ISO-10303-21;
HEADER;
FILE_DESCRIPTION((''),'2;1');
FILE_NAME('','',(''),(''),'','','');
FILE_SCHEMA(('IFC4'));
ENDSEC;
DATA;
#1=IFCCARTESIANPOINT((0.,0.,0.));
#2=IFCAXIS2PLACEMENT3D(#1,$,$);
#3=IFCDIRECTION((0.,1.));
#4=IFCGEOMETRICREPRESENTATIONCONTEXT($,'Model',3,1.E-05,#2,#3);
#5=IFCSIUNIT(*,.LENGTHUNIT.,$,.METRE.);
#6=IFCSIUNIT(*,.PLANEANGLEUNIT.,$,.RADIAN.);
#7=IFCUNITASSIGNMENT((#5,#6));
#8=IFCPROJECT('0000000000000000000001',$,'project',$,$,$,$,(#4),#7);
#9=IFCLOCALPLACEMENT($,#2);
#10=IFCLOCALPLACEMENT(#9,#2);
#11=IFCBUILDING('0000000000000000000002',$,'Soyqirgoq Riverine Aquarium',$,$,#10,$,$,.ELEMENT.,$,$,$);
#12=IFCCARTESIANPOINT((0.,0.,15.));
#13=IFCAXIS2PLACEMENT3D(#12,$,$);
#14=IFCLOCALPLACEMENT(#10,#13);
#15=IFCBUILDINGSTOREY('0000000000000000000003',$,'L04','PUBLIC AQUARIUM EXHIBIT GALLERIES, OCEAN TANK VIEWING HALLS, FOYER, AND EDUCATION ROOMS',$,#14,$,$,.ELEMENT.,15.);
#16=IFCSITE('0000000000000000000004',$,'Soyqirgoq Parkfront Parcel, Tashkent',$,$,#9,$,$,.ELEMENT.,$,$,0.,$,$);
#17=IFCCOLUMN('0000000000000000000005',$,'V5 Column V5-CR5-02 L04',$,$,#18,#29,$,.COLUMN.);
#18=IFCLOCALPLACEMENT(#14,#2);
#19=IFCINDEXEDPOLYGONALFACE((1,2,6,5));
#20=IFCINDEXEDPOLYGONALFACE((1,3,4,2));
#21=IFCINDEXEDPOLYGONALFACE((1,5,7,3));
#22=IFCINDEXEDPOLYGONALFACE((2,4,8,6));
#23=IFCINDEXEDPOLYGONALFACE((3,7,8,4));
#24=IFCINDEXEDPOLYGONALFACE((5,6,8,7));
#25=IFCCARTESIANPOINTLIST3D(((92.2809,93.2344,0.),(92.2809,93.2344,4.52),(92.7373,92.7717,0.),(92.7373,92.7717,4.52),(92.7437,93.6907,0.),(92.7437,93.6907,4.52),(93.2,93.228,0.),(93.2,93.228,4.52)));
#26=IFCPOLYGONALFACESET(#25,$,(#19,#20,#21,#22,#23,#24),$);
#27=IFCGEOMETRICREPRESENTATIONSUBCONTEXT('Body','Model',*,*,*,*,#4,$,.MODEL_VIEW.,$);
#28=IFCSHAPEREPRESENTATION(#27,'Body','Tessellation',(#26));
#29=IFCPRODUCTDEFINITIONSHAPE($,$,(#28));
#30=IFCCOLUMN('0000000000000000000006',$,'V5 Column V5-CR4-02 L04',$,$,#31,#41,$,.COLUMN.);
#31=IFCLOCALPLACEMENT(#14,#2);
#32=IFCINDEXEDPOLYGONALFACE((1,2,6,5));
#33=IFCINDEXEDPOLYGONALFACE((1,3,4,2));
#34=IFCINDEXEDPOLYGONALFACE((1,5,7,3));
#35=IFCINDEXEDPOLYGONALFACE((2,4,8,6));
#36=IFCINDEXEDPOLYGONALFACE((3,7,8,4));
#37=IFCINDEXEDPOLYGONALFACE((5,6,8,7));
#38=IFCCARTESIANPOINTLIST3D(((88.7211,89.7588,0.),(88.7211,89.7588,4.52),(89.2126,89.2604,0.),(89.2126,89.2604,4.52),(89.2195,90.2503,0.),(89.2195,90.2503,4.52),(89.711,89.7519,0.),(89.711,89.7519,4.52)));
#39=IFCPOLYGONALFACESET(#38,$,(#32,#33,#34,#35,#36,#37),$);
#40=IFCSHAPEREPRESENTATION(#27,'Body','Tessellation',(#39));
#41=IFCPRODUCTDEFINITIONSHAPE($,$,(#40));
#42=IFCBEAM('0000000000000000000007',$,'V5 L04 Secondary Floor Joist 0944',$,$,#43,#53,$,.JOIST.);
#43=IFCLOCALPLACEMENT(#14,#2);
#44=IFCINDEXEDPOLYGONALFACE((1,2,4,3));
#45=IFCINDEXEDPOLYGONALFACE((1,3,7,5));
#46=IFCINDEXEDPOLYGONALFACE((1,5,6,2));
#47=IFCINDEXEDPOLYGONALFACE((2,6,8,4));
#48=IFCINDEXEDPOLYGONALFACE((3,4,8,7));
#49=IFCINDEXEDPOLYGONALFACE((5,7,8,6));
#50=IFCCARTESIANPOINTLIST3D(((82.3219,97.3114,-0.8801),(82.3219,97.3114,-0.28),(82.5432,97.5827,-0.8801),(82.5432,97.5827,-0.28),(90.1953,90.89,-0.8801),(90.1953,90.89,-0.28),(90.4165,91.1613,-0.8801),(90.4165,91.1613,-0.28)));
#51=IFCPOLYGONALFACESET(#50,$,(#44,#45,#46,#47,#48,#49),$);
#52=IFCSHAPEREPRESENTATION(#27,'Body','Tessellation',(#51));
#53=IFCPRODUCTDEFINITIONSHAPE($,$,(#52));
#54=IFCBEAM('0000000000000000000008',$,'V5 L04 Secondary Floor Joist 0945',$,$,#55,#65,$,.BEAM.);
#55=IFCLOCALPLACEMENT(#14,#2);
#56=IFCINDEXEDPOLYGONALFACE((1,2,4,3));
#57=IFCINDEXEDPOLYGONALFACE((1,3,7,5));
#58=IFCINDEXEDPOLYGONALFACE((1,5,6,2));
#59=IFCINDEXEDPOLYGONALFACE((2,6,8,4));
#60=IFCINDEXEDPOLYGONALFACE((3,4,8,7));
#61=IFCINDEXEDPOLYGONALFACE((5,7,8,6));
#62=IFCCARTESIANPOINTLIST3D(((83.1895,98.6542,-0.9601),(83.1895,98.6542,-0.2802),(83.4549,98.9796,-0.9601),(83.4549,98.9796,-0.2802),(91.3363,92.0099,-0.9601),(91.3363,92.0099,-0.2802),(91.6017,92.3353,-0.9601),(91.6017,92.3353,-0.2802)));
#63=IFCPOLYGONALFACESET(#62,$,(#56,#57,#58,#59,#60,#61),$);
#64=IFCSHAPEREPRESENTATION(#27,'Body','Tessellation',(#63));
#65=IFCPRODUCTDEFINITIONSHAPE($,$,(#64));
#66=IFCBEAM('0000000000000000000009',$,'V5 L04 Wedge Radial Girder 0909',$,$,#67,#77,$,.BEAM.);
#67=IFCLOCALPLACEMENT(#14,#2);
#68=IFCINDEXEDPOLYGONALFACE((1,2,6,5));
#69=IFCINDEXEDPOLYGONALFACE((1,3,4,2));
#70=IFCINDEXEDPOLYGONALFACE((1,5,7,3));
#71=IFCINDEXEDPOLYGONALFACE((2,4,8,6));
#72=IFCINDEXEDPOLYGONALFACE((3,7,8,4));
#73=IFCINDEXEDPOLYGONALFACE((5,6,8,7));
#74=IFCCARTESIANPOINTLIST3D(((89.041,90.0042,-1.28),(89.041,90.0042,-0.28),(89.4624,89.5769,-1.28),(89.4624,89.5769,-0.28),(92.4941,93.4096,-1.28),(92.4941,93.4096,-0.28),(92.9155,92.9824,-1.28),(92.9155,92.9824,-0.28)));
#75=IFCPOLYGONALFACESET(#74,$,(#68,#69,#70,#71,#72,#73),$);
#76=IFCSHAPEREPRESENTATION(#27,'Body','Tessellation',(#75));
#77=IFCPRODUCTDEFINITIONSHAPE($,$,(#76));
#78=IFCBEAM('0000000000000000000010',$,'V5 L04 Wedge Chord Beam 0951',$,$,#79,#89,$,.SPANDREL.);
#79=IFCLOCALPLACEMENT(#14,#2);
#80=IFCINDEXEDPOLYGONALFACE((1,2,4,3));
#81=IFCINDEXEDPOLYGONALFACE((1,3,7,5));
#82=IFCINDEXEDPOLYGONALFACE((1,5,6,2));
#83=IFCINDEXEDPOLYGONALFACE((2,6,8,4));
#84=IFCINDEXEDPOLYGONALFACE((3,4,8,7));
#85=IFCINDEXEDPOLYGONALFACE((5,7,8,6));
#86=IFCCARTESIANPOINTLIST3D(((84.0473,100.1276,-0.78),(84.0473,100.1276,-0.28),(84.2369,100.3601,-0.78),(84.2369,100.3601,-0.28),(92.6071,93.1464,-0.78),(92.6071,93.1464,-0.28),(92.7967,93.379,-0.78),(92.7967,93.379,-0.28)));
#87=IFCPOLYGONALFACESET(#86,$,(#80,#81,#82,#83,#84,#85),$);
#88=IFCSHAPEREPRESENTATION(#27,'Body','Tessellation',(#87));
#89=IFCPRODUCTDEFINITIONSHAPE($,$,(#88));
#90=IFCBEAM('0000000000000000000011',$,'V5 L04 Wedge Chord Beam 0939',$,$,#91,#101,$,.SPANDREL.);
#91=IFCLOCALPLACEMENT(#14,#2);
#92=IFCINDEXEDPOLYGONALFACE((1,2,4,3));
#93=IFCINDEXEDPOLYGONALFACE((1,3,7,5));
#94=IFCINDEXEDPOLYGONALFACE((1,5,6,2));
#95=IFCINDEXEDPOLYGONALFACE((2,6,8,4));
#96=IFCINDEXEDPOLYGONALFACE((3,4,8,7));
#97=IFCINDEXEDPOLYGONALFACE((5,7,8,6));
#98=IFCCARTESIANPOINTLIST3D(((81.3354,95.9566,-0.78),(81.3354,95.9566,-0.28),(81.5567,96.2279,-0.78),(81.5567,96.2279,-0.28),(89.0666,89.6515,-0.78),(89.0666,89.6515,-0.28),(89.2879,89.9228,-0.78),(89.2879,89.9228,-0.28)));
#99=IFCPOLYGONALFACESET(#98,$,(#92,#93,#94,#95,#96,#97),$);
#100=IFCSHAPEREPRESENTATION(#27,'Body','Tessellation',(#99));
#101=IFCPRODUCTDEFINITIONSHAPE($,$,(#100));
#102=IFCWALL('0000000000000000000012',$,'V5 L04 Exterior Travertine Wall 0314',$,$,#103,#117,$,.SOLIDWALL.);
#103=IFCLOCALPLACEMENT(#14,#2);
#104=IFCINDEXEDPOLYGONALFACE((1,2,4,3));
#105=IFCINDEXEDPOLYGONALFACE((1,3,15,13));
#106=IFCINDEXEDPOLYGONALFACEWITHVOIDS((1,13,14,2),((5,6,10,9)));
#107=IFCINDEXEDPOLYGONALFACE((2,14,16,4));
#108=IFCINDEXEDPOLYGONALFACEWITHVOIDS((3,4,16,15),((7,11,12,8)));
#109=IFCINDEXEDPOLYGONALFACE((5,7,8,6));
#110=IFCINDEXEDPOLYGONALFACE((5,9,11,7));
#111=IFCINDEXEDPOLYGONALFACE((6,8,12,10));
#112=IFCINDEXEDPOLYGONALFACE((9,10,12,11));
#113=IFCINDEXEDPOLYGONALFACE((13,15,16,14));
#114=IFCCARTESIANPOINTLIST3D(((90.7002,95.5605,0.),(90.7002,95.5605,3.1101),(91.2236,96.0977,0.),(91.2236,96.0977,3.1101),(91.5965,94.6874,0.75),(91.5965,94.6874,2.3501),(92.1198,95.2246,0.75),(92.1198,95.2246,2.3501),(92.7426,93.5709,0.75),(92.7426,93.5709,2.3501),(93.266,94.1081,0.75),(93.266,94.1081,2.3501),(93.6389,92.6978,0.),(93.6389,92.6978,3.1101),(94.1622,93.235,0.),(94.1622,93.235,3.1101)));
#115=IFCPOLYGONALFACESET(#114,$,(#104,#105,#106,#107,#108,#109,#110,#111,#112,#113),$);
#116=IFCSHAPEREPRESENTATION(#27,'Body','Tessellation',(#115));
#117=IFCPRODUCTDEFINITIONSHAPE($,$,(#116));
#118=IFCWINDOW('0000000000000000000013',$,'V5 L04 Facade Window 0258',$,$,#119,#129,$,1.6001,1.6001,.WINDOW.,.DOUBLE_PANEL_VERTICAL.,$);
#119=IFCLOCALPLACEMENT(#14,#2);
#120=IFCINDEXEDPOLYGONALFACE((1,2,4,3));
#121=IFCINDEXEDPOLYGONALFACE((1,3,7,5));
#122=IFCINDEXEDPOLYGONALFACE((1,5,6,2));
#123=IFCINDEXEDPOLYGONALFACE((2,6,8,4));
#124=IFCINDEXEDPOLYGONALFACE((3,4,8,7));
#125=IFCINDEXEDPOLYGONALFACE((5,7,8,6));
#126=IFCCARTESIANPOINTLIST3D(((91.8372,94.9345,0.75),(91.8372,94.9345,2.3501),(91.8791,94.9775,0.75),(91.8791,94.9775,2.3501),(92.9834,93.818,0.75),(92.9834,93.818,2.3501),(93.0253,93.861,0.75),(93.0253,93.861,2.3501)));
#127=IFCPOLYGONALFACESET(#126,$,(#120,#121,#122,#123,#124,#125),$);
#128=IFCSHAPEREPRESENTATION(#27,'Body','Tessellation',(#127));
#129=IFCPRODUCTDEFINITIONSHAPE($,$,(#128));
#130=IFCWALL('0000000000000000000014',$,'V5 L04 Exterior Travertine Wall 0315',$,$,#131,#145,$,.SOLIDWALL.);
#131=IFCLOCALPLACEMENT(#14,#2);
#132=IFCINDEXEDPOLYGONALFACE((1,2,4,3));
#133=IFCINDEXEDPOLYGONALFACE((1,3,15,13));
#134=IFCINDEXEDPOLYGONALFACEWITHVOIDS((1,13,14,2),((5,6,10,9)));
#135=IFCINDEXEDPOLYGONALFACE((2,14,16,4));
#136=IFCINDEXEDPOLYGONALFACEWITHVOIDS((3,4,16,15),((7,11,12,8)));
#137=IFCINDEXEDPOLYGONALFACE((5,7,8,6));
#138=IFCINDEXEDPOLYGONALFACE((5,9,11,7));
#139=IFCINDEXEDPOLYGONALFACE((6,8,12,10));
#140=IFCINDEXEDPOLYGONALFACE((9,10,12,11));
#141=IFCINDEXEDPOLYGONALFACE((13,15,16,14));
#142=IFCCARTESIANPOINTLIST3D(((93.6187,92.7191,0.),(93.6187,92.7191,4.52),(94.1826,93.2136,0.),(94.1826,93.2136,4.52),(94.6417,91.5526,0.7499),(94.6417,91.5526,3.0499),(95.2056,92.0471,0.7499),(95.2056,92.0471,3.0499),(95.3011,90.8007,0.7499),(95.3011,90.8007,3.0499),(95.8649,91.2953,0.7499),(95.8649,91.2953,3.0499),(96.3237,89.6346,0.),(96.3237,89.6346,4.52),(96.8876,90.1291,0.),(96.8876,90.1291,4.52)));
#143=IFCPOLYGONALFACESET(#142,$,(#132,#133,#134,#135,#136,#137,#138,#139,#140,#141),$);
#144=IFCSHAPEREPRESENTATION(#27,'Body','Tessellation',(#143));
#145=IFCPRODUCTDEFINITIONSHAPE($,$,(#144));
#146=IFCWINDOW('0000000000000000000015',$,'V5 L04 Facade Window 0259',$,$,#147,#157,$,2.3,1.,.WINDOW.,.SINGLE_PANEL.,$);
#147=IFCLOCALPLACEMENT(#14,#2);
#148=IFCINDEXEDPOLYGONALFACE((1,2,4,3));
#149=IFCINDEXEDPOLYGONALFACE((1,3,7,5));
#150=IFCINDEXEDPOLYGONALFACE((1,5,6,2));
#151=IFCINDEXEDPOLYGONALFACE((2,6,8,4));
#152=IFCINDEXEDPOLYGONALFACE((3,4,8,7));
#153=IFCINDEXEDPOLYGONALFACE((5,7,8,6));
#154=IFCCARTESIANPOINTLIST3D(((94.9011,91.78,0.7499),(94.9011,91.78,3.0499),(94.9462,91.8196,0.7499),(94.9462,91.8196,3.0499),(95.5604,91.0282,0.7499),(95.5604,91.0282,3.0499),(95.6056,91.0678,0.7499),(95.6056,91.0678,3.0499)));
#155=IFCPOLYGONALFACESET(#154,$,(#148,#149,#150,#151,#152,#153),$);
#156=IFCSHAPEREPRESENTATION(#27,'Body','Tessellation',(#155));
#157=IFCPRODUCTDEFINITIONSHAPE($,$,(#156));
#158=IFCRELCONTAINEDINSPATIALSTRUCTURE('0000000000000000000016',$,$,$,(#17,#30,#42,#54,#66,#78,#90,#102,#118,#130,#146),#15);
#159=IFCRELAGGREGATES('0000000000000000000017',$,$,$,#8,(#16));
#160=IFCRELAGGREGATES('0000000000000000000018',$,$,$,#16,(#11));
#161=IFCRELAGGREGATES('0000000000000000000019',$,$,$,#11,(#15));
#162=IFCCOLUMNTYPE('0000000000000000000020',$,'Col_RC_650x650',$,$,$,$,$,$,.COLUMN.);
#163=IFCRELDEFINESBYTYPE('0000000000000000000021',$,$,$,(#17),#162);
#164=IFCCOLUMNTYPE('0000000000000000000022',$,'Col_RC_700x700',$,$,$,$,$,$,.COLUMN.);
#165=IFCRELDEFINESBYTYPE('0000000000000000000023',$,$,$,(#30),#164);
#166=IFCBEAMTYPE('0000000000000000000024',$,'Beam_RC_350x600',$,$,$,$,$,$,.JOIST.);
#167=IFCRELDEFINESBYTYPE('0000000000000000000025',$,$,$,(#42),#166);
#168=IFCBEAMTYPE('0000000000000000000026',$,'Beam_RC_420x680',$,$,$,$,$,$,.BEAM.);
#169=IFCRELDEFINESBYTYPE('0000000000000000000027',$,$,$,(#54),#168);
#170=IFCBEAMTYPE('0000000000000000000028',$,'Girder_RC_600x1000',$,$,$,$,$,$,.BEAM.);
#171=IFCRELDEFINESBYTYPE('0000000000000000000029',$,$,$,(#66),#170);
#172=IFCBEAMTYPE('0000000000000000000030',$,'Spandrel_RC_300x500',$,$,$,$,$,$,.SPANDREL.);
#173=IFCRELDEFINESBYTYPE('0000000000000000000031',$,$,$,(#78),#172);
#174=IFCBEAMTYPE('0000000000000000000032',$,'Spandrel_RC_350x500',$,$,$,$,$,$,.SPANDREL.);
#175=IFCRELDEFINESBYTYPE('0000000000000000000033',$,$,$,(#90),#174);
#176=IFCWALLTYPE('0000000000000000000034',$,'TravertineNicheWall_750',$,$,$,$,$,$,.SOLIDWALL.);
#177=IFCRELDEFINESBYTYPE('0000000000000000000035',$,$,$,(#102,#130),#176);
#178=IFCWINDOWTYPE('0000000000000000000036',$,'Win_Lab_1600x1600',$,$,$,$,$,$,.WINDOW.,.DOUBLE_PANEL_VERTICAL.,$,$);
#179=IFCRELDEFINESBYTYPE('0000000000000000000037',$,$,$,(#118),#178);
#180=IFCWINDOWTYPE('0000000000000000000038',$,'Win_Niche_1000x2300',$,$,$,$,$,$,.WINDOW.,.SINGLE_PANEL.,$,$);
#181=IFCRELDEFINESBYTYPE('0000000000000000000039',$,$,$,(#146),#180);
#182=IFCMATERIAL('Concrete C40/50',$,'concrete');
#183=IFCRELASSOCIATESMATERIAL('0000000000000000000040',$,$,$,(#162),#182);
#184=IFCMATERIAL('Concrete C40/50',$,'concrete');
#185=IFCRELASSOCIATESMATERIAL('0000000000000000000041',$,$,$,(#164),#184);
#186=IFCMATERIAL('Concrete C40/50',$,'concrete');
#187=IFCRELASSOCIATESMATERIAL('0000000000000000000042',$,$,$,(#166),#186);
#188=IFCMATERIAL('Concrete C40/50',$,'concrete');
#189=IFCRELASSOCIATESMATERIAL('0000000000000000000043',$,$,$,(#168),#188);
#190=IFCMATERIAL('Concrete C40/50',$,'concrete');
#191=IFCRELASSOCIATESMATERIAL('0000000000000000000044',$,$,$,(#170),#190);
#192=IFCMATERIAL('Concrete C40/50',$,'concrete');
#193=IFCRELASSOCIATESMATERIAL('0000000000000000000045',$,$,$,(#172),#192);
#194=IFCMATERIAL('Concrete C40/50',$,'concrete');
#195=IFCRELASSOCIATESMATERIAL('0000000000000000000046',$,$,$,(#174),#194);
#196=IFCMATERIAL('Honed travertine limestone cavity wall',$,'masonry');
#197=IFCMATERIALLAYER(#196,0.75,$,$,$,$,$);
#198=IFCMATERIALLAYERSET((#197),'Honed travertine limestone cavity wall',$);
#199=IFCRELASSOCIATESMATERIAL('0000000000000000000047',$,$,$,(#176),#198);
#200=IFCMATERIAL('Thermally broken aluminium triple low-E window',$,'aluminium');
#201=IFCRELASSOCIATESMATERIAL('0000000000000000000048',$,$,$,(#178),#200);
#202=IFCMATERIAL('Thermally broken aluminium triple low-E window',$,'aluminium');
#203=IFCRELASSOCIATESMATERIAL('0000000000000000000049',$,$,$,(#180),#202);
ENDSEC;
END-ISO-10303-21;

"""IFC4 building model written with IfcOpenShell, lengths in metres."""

from ifc_helpers import new_model, si_unit, direction, frame, frame_2d, origin, origin_2d, place, context, subcontext, project, spatial, rectangle, extrude, material, layer, layer_set, material_profile, profile_set, type_object, element, fill, save


model = new_model("IFC4")

# Units and contexts
model_context = context("Model", 3, precision=1e-05, world=origin(), true_north=direction((0.0, 1.0)))
body_context = subcontext(model_context, "Body", "Model", "MODEL_VIEW")
ifc_project = project(units=[si_unit("LENGTHUNIT", "METRE"), si_unit("PLANEANGLEUNIT", "RADIAN")], contexts=[model_context])

# Site, building, storey
site_placement = place(None, origin())
site = spatial("IfcSite", under=ifc_project, at=site_placement, Name="Soyqirgoq Parkfront Parcel, Tashkent", CompositionType="ELEMENT", RefElevation=0.0)
building_placement = place(site_placement, origin())
building = spatial("IfcBuilding", under=site, at=building_placement, Name="Soyqirgoq Riverine Aquarium", CompositionType="ELEMENT")
storey_placement = place(building_placement, frame((0.0, 0.0, 15.0)))
storey = spatial("IfcBuildingStorey", under=building, at=storey_placement, Name="L04", Description="PUBLIC AQUARIUM EXHIBIT GALLERIES, OCEAN TANK VIEWING HALLS, FOYER, AND EDUCATION ROOMS", CompositionType="ELEMENT", Elevation=15.0)

# Columns
ifc_material_1 = material(Name="Concrete C40/50", Category="concrete")
ifc_material_profile_1 = material_profile(ifc_material_1, rectangle(XDim=0.6499, YDim=0.6499, at=origin_2d()), Name="RC 650x650")
ifc_profile_set_1 = profile_set([ifc_material_profile_1], Name="Concrete C40/50")
column_type_1 = type_object("IfcColumnType", Name="Col_RC_650x650", PredefinedType="COLUMN", material=ifc_profile_set_1)
column_1_placement = place(storey_placement, frame((92.7405, 93.2312, 0.0), z_axis=(0.0, 0.0, 1.0), x_axis=(0.712026, 0.702153, 0.0)))
element("IfcColumn", 1, at=column_1_placement, inside=storey, type_object=column_type_1, Name="V5 Column V5-CR5-02 L04", PredefinedType="COLUMN", context=body_context, shape_type="SweptSolid", body=[
    extrude(rectangle(XDim=0.6499, YDim=0.6499, at=origin_2d()), origin(), (0.0, 0.0, 1.0), 4.52),
])
ifc_material_2 = material(Name="Concrete C40/50", Category="concrete")
ifc_material_profile_2 = material_profile(ifc_material_2, rectangle(XDim=0.7, YDim=0.7, at=origin_2d()), Name="RC 700x700")
ifc_profile_set_2 = profile_set([ifc_material_profile_2], Name="Concrete C40/50")
column_type_2 = type_object("IfcColumnType", Name="Col_RC_700x700", PredefinedType="COLUMN", material=ifc_profile_set_2)
column_2_placement = place(storey_placement, frame((89.2161, 89.7554, 0.0), z_axis=(0.0, 0.0, 1.0), x_axis=(0.712026, 0.702153, 0.0)))
element("IfcColumn", 2, at=column_2_placement, inside=storey, type_object=column_type_2, Name="V5 Column V5-CR4-02 L04", PredefinedType="COLUMN", context=body_context, shape_type="SweptSolid", body=[
    extrude(rectangle(XDim=0.7, YDim=0.7, at=origin_2d()), origin(), (0.0, 0.0, 1.0), 4.52),
])

# Beams
ifc_material_3 = material(Name="Concrete C40/50", Category="concrete")
ifc_material_profile_3 = material_profile(ifc_material_3, rectangle(XDim=0.3501, YDim=0.6001, at=origin_2d()), Name="RC 350x600")
ifc_profile_set_3 = profile_set([ifc_material_profile_3], Name="Concrete C40/50")
beam_type_1 = type_object("IfcBeamType", Name="Beam_RC_350x600", PredefinedType="JOIST", material=ifc_profile_set_3)
beam_1_placement = place(storey_placement, frame((90.3059, 91.0256, -0.5801), z_axis=(-0.77494, 0.632034, 0.0), x_axis=(-0.632034, -0.77494, 0.0)))
element("IfcBeam", 3, at=beam_1_placement, inside=storey, type_object=beam_type_1, Name="V5 L04 Secondary Floor Joist 0944", PredefinedType="JOIST", context=body_context, shape_type="SweptSolid", body=[
    extrude(rectangle(XDim=0.3501, YDim=0.6001, at=origin_2d()), origin(), (0.0, 0.0, 1.0), 10.1599),
])
ifc_material_4 = material(Name="Concrete C40/50", Category="concrete")
ifc_material_profile_4 = material_profile(ifc_material_4, rectangle(XDim=0.4199, YDim=0.6799, at=origin_2d()), Name="RC 420x680")
ifc_profile_set_4 = profile_set([ifc_material_profile_4], Name="Concrete C40/50")
beam_type_2 = type_object("IfcBeamType", Name="Beam_RC_420x680", PredefinedType="BEAM", material=ifc_profile_set_4)
beam_2_placement = place(storey_placement, frame((91.469, 92.1726, -0.6201), z_axis=(-0.774946, 0.632028, 0.0), x_axis=(-0.632028, -0.774946, 0.0)))
element("IfcBeam", 4, at=beam_2_placement, inside=storey, type_object=beam_type_2, Name="V5 L04 Secondary Floor Joist 0945", PredefinedType="BEAM", context=body_context, shape_type="SweptSolid", body=[
    extrude(rectangle(XDim=0.4199, YDim=0.6799, at=origin_2d()), origin(), (0.0, 0.0, 1.0), 10.5127),
])
ifc_material_5 = material(Name="Concrete C40/50", Category="concrete")
ifc_material_profile_5 = material_profile(ifc_material_5, rectangle(XDim=0.6001, YDim=1.0, at=origin_2d()), Name="RC 600x1000")
ifc_profile_set_5 = profile_set([ifc_material_profile_5], Name="Concrete C40/50")
beam_type_3 = type_object("IfcBeamType", Name="Girder_RC_600x1000", PredefinedType="BEAM", material=ifc_profile_set_5)
beam_3_placement = place(storey_placement, frame((89.2517, 89.7905, -0.78), z_axis=(0.711998, 0.702182, 0.0), x_axis=(-0.702182, 0.711998, 0.0)))
element("IfcBeam", 5, at=beam_3_placement, inside=storey, type_object=beam_type_3, Name="V5 L04 Wedge Radial Girder 0909", PredefinedType="BEAM", context=body_context, shape_type="SweptSolid", body=[
    extrude(rectangle(XDim=0.6001, YDim=1.0, at=origin_2d()), origin(), (0.0, 0.0, 1.0), 4.8499),
])
ifc_material_6 = material(Name="Concrete C40/50", Category="concrete")
ifc_material_profile_6 = material_profile(ifc_material_6, rectangle(XDim=0.3, YDim=0.5, at=origin_2d()), Name="RC 300x500")
ifc_profile_set_6 = profile_set([ifc_material_profile_6], Name="Concrete C40/50")
beam_type_4 = type_object("IfcBeamType", Name="Spandrel_RC_300x500", PredefinedType="SPANDREL", material=ifc_profile_set_6)
beam_4_placement = place(storey_placement, frame((92.7019, 93.2627, -0.53), z_axis=(-0.774945, 0.632029, 0.0), x_axis=(-0.632029, -0.774945, 0.0)))
element("IfcBeam", 6, at=beam_4_placement, inside=storey, type_object=beam_type_4, Name="V5 L04 Wedge Chord Beam 0951", PredefinedType="SPANDREL", context=body_context, shape_type="SweptSolid", body=[
    extrude(rectangle(XDim=0.3, YDim=0.5, at=origin_2d()), origin(), (0.0, 0.0, 1.0), 11.0457),
])
ifc_material_7 = material(Name="Concrete C40/50", Category="concrete")
ifc_material_profile_7 = material_profile(ifc_material_7, rectangle(XDim=0.3501, YDim=0.5, at=origin_2d()), Name="RC 350x500")
ifc_profile_set_7 = profile_set([ifc_material_profile_7], Name="Concrete C40/50")
beam_type_5 = type_object("IfcBeamType", Name="Spandrel_RC_350x500", PredefinedType="SPANDREL", material=ifc_profile_set_7)
beam_5_placement = place(storey_placement, frame((89.1772, 89.7871, -0.53), z_axis=(-0.774956, 0.632015, 0.0), x_axis=(-0.632015, -0.774956, 0.0)))
element("IfcBeam", 7, at=beam_5_placement, inside=storey, type_object=beam_type_5, Name="V5 L04 Wedge Chord Beam 0939", PredefinedType="SPANDREL", context=body_context, shape_type="SweptSolid", body=[
    extrude(rectangle(XDim=0.3501, YDim=0.5, at=origin_2d()), origin(), (0.0, 0.0, 1.0), 9.9763),
])

# Walls, openings, windows
ifc_material_8 = material(Name="Honed travertine limestone cavity wall", Category="masonry")
ifc_layer = layer(ifc_material_8, 0.75)
ifc_layer_set = layer_set([ifc_layer], Name="Honed travertine limestone cavity wall")
wall_type = type_object("IfcWallType", Name="TravertineNicheWall_750", PredefinedType="SOLIDWALL", material=ifc_layer_set)
wall_1_placement = place(storey_placement, frame((90.9619, 95.8291, 0.0), z_axis=(0.0, 0.0, 1.0), x_axis=(0.7163, -0.697793, 0.0)))
wall_1 = element("IfcWall", 8, at=wall_1_placement, inside=storey, type_object=wall_type, Name="V5 L04 Exterior Travertine Wall 0314", PredefinedType="SOLIDWALL", context=body_context, shape_type="SweptSolid", body=[
    extrude(rectangle(XDim=4.1025, YDim=0.75, at=frame_2d((2.0513, 0.0))), origin(), (0.0, 0.0, 1.0), 3.1101),
])
opening_1_placement = place(wall_1_placement, frame((1.2512, 0.0, 0.75)))
opening_1 = element("IfcOpeningElement", 9, at=opening_1_placement, cuts=wall_1, PredefinedType="OPENING", context=body_context, shape_type="SweptSolid", body=[
    extrude(rectangle(XDim=1.6001, YDim=1.6001, at=frame_2d((0.8, 0.8))), frame((0.0, 0.385, 0.0), z_axis=(0.0, -1.0, 0.0), x_axis=(1.0, 0.0, 0.0)), (0.0, 0.0, 1.0), 0.77),
])
ifc_material_9 = material(Name="Thermally broken aluminium triple low-E window", Category="aluminium")
window_type_1 = type_object("IfcWindowType", Name="Win_Lab_1600x1600", PartitioningType="DOUBLE_PANEL_VERTICAL", PredefinedType="WINDOW", material=ifc_material_9)
window_1_placement = place(opening_1_placement, origin())
window_1 = element("IfcWindow", 10, at=window_1_placement, inside=storey, type_object=window_type_1, Name="V5 L04 Facade Window 0258", OverallHeight=1.6001, OverallWidth=1.6001, PartitioningType="DOUBLE_PANEL_VERTICAL", PredefinedType="WINDOW", context=body_context, shape_type="SweptSolid", body=[
    extrude(rectangle(XDim=1.6001, YDim=1.6001, at=frame_2d((0.8, 0.8))), frame((0.0, 0.03, 0.0), z_axis=(0.0, -1.0, 0.0), x_axis=(1.0, 0.0, 0.0)), (0.0, 0.0, 1.0), 0.0601),
])
fill(opening_1, window_1)
wall_2_placement = place(storey_placement, frame((93.9006, 92.9663, 0.0), z_axis=(0.0, 0.0, 1.0), x_axis=(0.659355, -0.751832, 0.0)))
wall_2 = element("IfcWall", 11, at=wall_2_placement, inside=storey, type_object=wall_type, Name="V5 L04 Exterior Travertine Wall 0315", PredefinedType="SOLIDWALL", context=body_context, shape_type="SweptSolid", body=[
    extrude(rectangle(XDim=4.1025, YDim=0.75, at=frame_2d((2.0513, 0.0))), origin(), (0.0, 0.0, 1.0), 4.52),
])
opening_2_placement = place(wall_2_placement, frame((1.5515, 0.0, 0.75)))
opening_2 = element("IfcOpeningElement", 12, at=opening_2_placement, cuts=wall_2, PredefinedType="OPENING", context=body_context, shape_type="SweptSolid", body=[
    extrude(rectangle(XDim=1.0, YDim=2.3, at=frame_2d((0.5, 1.1499))), frame((0.0, 0.385, 0.0), z_axis=(0.0, -1.0, 0.0), x_axis=(1.0, 0.0, 0.0)), (0.0, 0.0, 1.0), 0.77),
])
ifc_material_10 = material(Name="Thermally broken aluminium triple low-E window", Category="aluminium")
window_type_2 = type_object("IfcWindowType", Name="Win_Niche_1000x2300", PartitioningType="SINGLE_PANEL", PredefinedType="WINDOW", material=ifc_material_10)
window_2_placement = place(opening_2_placement, origin())
window_2 = element("IfcWindow", 13, at=window_2_placement, inside=storey, type_object=window_type_2, Name="V5 L04 Facade Window 0259", OverallHeight=2.3, OverallWidth=1.0, PartitioningType="SINGLE_PANEL", PredefinedType="WINDOW", context=body_context, shape_type="SweptSolid", body=[
    extrude(rectangle(XDim=1.0, YDim=2.3, at=frame_2d((0.5, 1.1499))), frame((0.0, 0.03, 0.0), z_axis=(0.0, -1.0, 0.0), x_axis=(1.0, 0.0, 0.0)), (0.0, 0.0, 1.0), 0.0601),
])
fill(opening_2, window_2)

save(model, "model.ifc")
